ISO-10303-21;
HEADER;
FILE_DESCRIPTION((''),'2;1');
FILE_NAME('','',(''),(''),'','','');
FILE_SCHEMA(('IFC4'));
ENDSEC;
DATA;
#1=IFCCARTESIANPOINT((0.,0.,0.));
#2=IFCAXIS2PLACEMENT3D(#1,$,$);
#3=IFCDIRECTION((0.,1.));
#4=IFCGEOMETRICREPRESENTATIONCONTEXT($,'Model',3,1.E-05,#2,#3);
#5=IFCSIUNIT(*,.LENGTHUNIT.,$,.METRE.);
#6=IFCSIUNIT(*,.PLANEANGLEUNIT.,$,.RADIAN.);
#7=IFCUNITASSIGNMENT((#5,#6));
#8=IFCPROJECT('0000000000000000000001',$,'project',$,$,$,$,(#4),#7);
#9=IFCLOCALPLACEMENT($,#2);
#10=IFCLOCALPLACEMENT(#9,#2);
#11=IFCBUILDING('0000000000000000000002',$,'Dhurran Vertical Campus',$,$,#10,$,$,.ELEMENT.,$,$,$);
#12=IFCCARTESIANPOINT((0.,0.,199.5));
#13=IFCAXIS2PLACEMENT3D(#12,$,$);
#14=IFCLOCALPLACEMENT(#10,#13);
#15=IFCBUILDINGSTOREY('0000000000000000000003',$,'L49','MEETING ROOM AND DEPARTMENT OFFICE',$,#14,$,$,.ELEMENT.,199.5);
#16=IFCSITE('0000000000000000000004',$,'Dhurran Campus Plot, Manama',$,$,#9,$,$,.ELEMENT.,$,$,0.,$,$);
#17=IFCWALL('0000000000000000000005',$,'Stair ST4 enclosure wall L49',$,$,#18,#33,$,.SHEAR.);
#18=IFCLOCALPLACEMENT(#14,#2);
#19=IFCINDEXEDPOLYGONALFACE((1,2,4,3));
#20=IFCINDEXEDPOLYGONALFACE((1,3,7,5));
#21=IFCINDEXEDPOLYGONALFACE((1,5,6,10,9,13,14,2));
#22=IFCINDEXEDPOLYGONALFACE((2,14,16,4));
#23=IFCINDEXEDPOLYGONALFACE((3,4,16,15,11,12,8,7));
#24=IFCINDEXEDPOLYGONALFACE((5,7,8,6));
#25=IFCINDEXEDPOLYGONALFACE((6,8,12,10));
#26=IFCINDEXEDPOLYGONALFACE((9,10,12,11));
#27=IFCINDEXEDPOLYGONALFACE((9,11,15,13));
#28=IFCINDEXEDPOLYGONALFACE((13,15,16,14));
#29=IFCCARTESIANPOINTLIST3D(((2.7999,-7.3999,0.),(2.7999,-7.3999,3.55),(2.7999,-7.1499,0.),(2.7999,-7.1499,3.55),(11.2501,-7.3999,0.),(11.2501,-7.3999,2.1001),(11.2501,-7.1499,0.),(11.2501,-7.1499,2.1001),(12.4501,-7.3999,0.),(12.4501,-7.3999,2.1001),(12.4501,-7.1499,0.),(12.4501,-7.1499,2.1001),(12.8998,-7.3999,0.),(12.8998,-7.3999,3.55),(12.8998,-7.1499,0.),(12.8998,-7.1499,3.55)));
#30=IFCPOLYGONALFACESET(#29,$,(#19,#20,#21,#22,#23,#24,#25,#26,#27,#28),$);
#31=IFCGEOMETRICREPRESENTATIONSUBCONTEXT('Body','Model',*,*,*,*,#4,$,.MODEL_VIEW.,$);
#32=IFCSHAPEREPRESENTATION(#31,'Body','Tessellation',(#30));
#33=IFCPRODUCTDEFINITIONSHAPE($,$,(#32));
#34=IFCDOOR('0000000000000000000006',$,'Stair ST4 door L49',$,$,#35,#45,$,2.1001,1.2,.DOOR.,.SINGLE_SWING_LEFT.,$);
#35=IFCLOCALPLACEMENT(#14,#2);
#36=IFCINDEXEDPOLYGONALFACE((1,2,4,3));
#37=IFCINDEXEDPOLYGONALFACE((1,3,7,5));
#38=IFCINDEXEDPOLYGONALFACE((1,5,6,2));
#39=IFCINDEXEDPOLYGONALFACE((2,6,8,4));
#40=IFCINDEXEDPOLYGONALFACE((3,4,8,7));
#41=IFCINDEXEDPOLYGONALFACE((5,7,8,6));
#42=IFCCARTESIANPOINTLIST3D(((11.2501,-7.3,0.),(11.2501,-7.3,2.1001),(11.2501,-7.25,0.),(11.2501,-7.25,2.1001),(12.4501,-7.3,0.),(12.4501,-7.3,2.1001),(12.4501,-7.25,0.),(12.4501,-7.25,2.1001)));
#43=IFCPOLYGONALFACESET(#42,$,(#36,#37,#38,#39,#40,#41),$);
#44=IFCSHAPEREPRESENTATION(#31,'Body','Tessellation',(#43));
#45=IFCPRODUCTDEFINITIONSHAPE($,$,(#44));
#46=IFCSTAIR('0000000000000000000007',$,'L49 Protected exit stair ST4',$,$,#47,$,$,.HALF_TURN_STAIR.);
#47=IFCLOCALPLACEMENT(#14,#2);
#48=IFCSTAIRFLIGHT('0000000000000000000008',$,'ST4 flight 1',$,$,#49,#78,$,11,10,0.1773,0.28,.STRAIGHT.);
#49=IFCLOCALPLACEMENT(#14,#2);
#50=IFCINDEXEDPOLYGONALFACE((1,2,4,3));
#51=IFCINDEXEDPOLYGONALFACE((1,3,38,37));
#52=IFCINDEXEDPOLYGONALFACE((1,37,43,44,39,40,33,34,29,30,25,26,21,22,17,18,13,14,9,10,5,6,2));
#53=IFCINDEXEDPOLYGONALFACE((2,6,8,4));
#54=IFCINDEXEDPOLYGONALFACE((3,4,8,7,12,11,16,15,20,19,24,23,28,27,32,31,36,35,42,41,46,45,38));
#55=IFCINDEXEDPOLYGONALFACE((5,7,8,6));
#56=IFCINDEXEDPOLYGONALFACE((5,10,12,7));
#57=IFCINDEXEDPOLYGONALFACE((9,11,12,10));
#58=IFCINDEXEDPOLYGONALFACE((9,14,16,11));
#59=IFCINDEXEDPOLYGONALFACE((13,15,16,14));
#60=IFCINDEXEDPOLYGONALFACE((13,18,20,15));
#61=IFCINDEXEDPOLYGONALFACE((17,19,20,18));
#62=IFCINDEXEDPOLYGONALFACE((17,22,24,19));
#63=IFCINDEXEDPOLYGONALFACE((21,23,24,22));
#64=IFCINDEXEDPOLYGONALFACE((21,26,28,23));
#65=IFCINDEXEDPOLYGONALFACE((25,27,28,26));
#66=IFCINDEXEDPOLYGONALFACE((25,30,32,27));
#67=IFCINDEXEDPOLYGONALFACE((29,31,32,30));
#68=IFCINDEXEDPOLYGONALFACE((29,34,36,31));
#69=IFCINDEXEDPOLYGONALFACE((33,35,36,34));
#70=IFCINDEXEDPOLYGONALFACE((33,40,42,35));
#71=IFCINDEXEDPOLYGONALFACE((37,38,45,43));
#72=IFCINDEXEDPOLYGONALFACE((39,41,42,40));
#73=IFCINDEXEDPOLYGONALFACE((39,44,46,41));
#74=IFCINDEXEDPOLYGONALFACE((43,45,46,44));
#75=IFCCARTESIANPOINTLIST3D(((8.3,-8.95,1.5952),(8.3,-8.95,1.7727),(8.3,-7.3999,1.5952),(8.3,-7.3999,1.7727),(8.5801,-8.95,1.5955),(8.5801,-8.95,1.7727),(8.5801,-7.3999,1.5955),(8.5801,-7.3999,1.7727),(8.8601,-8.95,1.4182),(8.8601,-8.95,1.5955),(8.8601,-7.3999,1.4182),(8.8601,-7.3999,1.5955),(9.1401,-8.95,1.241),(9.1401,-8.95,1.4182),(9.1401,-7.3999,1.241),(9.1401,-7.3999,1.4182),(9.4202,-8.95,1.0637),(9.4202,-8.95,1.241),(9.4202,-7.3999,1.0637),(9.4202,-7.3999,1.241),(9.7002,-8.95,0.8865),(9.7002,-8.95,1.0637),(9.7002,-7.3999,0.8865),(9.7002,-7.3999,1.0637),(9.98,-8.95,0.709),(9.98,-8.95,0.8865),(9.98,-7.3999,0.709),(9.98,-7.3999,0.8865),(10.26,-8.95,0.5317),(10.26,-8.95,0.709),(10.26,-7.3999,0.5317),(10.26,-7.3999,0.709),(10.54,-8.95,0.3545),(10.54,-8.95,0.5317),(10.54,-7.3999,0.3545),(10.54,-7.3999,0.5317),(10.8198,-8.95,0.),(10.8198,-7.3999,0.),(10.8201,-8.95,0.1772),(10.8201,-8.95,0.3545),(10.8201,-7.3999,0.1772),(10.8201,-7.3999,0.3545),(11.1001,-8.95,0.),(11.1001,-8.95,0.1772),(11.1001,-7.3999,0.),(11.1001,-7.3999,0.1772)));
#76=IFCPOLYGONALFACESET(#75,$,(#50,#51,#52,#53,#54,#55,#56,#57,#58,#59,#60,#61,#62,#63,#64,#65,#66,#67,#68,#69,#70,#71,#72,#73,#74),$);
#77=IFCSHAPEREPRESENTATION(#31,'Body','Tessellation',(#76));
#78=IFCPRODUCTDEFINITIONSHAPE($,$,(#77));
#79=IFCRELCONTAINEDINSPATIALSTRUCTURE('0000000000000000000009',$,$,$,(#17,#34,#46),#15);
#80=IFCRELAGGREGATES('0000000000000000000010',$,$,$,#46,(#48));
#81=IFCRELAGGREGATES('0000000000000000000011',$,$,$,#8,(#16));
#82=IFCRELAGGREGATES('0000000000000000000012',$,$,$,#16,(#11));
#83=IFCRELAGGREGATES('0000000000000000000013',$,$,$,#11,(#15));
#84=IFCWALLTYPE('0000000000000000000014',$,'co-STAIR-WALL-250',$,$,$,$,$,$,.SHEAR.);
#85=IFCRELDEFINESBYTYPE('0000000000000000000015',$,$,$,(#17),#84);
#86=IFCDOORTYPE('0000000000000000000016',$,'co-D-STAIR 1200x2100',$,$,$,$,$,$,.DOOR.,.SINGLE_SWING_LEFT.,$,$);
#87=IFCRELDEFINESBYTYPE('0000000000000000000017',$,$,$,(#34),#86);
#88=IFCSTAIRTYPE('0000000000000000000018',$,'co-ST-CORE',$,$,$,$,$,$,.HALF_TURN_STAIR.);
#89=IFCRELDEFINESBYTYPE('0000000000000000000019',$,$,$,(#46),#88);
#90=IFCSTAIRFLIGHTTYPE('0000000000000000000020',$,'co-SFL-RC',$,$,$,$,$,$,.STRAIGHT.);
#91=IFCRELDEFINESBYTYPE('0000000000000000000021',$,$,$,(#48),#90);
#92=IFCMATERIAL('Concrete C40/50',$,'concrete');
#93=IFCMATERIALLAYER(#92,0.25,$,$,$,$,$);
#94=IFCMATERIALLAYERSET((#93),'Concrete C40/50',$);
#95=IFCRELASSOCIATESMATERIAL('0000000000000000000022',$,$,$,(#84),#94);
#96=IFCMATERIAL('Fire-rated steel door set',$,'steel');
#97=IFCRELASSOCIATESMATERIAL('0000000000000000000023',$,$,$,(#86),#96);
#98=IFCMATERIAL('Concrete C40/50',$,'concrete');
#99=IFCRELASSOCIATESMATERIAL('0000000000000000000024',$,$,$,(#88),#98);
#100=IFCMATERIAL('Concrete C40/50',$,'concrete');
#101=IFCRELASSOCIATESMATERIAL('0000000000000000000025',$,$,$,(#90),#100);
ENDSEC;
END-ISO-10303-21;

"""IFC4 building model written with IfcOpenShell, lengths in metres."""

from ifc_helpers import new_model, si_unit, direction, frame, frame_2d, origin, place, context, subcontext, project, spatial, polyline, rectangle, outline, extrude, material, layer, layer_set, type_object, element, fill, aggregate, save


model = new_model("IFC4")

# Units and contexts
model_context = context("Model", 3, precision=1e-05, world=origin(), true_north=direction((0.0, 1.0)))
body_context = subcontext(model_context, "Body", "Model", "MODEL_VIEW")
ifc_project = project(units=[si_unit("LENGTHUNIT", "METRE"), si_unit("PLANEANGLEUNIT", "RADIAN")], contexts=[model_context])

# Site, building, storey
site_placement = place(None, origin())
site = spatial("IfcSite", under=ifc_project, at=site_placement, Name="Dhurran Campus Plot, Manama", CompositionType="ELEMENT", RefElevation=0.0)
building_placement = place(site_placement, origin())
building = spatial("IfcBuilding", under=site, at=building_placement, Name="Dhurran Vertical Campus", CompositionType="ELEMENT")
storey_placement = place(building_placement, frame((0.0, 0.0, 199.5)))
storey = spatial("IfcBuildingStorey", under=building, at=storey_placement, Name="L49", Description="MEETING ROOM AND DEPARTMENT OFFICE", CompositionType="ELEMENT", Elevation=199.5)

# Wall, opening, door
ifc_material_1 = material(Name="Concrete C40/50", Category="concrete")
ifc_layer_1 = layer(ifc_material_1, 0.25)
ifc_layer_set_1 = layer_set([ifc_layer_1], Name="Concrete C40/50")
wall_type_1 = type_object("IfcWallType", Name="co-STAIR-WALL-250", PredefinedType="SHEAR", material=ifc_layer_set_1)
wall_1_placement = place(storey_placement, frame((2.8, -7.2749, 0.0), z_axis=(0.0, 0.0, 1.0), x_axis=(1.0, 0.0, 0.0)))
wall_1 = element("IfcWall", 1, at=wall_1_placement, inside=storey, type_object=wall_type_1, Name="Stair ST4 enclosure wall L49", PredefinedType="SHEAR", context=body_context, shape_type="SweptSolid", body=[
    extrude(rectangle(XDim=10.0999, YDim=0.25, at=frame_2d((5.0498, 0.0))), origin(), (0.0, 0.0, 1.0), 3.55),
])
opening_1_placement = place(wall_1_placement, frame((8.45, 0.0, 0.0)))
opening_1 = element("IfcOpeningElement", 2, at=opening_1_placement, cuts=wall_1, PredefinedType="OPENING", context=body_context, shape_type="SweptSolid", body=[
    extrude(rectangle(XDim=1.2, YDim=2.1001, at=frame_2d((0.6001, 1.05))), frame((0.0, 0.135, 0.0), z_axis=(0.0, -1.0, 0.0), x_axis=(1.0, 0.0, 0.0)), (0.0, 0.0, 1.0), 0.27),
])
ifc_material_2 = material(Name="Fire-rated steel door set", Category="steel")
door_type_1 = type_object("IfcDoorType", Name="co-D-STAIR 1200x2100", OperationType="SINGLE_SWING_LEFT", PredefinedType="DOOR", material=ifc_material_2)
door_1_placement = place(opening_1_placement, origin())
door_1 = element("IfcDoor", 3, at=door_1_placement, inside=storey, type_object=door_type_1, Name="Stair ST4 door L49", OperationType="SINGLE_SWING_LEFT", OverallHeight=2.1001, OverallWidth=1.2, PredefinedType="DOOR", context=body_context, shape_type="SweptSolid", body=[
    extrude(rectangle(XDim=1.2, YDim=2.1001, at=frame_2d((0.6001, 1.05))), frame((0.0, 0.0249, 0.0), z_axis=(0.0, -1.0, 0.0), x_axis=(1.0, 0.0, 0.0)), (0.0, 0.0, 1.0), 0.05),
])
fill(opening_1, door_1)

# Stair, stair flight
ifc_material_3 = material(Name="Concrete C40/50", Category="concrete")
stair_type = type_object("IfcStairType", Name="co-ST-CORE", PredefinedType="HALF_TURN_STAIR", material=ifc_material_3)
stair_placement = place(storey_placement, origin())
stair = element("IfcStair", 4, at=stair_placement, inside=storey, type_object=stair_type, Name="L49 Protected exit stair ST4", PredefinedType="HALF_TURN_STAIR")
ifc_material_4 = material(Name="Concrete C40/50", Category="concrete")
stair_flight_type = type_object("IfcStairFlightType", Name="co-SFL-RC", PredefinedType="STRAIGHT", material=ifc_material_4)
stair_flight_placement = place(storey_placement, frame((11.1001, -8.175, 0.0), z_axis=(0.0, 0.0, 1.0), x_axis=(-1.0, 0.0, 0.0)))
stair_flight = element("IfcStairFlight", 5, at=stair_flight_placement, type_object=stair_flight_type, Name="ST4 flight 1", NumberOfRisers=11, NumberOfTreads=10, PredefinedType="STRAIGHT", RiserHeight=0.1773, TreadLength=0.28, context=body_context, shape_type="SweptSolid", body=[
    extrude(outline(polyline([(0.0, 0.0), (0.0, 0.1772), (0.28, 0.1772), (0.28, 0.3545), (0.5601, 0.3545), (0.5601, 0.5317), (0.8401, 0.5317), (0.8401, 0.709), (1.1201, 0.709), (1.1201, 0.8865), (1.3999, 0.8865), (1.3999, 1.0637), (1.6799, 1.0637), (1.6799, 1.241), (1.96, 1.241), (1.96, 1.4182), (2.24, 1.4182), (2.24, 1.5955), (2.52, 1.5955), (2.52, 1.7727), (2.8, 1.7727), (2.8, 1.95), (2.8, 1.5952), (0.2803, 0.0), (0.0, 0.0)])), frame((0.0, 0.7749, 0.0), z_axis=(0.0, -1.0, 0.0), x_axis=(1.0, 0.0, 0.0)), (0.0, 0.0, 1.0), 1.55),
])
aggregate(stair, [stair_flight])

save(model, "model.ifc")
